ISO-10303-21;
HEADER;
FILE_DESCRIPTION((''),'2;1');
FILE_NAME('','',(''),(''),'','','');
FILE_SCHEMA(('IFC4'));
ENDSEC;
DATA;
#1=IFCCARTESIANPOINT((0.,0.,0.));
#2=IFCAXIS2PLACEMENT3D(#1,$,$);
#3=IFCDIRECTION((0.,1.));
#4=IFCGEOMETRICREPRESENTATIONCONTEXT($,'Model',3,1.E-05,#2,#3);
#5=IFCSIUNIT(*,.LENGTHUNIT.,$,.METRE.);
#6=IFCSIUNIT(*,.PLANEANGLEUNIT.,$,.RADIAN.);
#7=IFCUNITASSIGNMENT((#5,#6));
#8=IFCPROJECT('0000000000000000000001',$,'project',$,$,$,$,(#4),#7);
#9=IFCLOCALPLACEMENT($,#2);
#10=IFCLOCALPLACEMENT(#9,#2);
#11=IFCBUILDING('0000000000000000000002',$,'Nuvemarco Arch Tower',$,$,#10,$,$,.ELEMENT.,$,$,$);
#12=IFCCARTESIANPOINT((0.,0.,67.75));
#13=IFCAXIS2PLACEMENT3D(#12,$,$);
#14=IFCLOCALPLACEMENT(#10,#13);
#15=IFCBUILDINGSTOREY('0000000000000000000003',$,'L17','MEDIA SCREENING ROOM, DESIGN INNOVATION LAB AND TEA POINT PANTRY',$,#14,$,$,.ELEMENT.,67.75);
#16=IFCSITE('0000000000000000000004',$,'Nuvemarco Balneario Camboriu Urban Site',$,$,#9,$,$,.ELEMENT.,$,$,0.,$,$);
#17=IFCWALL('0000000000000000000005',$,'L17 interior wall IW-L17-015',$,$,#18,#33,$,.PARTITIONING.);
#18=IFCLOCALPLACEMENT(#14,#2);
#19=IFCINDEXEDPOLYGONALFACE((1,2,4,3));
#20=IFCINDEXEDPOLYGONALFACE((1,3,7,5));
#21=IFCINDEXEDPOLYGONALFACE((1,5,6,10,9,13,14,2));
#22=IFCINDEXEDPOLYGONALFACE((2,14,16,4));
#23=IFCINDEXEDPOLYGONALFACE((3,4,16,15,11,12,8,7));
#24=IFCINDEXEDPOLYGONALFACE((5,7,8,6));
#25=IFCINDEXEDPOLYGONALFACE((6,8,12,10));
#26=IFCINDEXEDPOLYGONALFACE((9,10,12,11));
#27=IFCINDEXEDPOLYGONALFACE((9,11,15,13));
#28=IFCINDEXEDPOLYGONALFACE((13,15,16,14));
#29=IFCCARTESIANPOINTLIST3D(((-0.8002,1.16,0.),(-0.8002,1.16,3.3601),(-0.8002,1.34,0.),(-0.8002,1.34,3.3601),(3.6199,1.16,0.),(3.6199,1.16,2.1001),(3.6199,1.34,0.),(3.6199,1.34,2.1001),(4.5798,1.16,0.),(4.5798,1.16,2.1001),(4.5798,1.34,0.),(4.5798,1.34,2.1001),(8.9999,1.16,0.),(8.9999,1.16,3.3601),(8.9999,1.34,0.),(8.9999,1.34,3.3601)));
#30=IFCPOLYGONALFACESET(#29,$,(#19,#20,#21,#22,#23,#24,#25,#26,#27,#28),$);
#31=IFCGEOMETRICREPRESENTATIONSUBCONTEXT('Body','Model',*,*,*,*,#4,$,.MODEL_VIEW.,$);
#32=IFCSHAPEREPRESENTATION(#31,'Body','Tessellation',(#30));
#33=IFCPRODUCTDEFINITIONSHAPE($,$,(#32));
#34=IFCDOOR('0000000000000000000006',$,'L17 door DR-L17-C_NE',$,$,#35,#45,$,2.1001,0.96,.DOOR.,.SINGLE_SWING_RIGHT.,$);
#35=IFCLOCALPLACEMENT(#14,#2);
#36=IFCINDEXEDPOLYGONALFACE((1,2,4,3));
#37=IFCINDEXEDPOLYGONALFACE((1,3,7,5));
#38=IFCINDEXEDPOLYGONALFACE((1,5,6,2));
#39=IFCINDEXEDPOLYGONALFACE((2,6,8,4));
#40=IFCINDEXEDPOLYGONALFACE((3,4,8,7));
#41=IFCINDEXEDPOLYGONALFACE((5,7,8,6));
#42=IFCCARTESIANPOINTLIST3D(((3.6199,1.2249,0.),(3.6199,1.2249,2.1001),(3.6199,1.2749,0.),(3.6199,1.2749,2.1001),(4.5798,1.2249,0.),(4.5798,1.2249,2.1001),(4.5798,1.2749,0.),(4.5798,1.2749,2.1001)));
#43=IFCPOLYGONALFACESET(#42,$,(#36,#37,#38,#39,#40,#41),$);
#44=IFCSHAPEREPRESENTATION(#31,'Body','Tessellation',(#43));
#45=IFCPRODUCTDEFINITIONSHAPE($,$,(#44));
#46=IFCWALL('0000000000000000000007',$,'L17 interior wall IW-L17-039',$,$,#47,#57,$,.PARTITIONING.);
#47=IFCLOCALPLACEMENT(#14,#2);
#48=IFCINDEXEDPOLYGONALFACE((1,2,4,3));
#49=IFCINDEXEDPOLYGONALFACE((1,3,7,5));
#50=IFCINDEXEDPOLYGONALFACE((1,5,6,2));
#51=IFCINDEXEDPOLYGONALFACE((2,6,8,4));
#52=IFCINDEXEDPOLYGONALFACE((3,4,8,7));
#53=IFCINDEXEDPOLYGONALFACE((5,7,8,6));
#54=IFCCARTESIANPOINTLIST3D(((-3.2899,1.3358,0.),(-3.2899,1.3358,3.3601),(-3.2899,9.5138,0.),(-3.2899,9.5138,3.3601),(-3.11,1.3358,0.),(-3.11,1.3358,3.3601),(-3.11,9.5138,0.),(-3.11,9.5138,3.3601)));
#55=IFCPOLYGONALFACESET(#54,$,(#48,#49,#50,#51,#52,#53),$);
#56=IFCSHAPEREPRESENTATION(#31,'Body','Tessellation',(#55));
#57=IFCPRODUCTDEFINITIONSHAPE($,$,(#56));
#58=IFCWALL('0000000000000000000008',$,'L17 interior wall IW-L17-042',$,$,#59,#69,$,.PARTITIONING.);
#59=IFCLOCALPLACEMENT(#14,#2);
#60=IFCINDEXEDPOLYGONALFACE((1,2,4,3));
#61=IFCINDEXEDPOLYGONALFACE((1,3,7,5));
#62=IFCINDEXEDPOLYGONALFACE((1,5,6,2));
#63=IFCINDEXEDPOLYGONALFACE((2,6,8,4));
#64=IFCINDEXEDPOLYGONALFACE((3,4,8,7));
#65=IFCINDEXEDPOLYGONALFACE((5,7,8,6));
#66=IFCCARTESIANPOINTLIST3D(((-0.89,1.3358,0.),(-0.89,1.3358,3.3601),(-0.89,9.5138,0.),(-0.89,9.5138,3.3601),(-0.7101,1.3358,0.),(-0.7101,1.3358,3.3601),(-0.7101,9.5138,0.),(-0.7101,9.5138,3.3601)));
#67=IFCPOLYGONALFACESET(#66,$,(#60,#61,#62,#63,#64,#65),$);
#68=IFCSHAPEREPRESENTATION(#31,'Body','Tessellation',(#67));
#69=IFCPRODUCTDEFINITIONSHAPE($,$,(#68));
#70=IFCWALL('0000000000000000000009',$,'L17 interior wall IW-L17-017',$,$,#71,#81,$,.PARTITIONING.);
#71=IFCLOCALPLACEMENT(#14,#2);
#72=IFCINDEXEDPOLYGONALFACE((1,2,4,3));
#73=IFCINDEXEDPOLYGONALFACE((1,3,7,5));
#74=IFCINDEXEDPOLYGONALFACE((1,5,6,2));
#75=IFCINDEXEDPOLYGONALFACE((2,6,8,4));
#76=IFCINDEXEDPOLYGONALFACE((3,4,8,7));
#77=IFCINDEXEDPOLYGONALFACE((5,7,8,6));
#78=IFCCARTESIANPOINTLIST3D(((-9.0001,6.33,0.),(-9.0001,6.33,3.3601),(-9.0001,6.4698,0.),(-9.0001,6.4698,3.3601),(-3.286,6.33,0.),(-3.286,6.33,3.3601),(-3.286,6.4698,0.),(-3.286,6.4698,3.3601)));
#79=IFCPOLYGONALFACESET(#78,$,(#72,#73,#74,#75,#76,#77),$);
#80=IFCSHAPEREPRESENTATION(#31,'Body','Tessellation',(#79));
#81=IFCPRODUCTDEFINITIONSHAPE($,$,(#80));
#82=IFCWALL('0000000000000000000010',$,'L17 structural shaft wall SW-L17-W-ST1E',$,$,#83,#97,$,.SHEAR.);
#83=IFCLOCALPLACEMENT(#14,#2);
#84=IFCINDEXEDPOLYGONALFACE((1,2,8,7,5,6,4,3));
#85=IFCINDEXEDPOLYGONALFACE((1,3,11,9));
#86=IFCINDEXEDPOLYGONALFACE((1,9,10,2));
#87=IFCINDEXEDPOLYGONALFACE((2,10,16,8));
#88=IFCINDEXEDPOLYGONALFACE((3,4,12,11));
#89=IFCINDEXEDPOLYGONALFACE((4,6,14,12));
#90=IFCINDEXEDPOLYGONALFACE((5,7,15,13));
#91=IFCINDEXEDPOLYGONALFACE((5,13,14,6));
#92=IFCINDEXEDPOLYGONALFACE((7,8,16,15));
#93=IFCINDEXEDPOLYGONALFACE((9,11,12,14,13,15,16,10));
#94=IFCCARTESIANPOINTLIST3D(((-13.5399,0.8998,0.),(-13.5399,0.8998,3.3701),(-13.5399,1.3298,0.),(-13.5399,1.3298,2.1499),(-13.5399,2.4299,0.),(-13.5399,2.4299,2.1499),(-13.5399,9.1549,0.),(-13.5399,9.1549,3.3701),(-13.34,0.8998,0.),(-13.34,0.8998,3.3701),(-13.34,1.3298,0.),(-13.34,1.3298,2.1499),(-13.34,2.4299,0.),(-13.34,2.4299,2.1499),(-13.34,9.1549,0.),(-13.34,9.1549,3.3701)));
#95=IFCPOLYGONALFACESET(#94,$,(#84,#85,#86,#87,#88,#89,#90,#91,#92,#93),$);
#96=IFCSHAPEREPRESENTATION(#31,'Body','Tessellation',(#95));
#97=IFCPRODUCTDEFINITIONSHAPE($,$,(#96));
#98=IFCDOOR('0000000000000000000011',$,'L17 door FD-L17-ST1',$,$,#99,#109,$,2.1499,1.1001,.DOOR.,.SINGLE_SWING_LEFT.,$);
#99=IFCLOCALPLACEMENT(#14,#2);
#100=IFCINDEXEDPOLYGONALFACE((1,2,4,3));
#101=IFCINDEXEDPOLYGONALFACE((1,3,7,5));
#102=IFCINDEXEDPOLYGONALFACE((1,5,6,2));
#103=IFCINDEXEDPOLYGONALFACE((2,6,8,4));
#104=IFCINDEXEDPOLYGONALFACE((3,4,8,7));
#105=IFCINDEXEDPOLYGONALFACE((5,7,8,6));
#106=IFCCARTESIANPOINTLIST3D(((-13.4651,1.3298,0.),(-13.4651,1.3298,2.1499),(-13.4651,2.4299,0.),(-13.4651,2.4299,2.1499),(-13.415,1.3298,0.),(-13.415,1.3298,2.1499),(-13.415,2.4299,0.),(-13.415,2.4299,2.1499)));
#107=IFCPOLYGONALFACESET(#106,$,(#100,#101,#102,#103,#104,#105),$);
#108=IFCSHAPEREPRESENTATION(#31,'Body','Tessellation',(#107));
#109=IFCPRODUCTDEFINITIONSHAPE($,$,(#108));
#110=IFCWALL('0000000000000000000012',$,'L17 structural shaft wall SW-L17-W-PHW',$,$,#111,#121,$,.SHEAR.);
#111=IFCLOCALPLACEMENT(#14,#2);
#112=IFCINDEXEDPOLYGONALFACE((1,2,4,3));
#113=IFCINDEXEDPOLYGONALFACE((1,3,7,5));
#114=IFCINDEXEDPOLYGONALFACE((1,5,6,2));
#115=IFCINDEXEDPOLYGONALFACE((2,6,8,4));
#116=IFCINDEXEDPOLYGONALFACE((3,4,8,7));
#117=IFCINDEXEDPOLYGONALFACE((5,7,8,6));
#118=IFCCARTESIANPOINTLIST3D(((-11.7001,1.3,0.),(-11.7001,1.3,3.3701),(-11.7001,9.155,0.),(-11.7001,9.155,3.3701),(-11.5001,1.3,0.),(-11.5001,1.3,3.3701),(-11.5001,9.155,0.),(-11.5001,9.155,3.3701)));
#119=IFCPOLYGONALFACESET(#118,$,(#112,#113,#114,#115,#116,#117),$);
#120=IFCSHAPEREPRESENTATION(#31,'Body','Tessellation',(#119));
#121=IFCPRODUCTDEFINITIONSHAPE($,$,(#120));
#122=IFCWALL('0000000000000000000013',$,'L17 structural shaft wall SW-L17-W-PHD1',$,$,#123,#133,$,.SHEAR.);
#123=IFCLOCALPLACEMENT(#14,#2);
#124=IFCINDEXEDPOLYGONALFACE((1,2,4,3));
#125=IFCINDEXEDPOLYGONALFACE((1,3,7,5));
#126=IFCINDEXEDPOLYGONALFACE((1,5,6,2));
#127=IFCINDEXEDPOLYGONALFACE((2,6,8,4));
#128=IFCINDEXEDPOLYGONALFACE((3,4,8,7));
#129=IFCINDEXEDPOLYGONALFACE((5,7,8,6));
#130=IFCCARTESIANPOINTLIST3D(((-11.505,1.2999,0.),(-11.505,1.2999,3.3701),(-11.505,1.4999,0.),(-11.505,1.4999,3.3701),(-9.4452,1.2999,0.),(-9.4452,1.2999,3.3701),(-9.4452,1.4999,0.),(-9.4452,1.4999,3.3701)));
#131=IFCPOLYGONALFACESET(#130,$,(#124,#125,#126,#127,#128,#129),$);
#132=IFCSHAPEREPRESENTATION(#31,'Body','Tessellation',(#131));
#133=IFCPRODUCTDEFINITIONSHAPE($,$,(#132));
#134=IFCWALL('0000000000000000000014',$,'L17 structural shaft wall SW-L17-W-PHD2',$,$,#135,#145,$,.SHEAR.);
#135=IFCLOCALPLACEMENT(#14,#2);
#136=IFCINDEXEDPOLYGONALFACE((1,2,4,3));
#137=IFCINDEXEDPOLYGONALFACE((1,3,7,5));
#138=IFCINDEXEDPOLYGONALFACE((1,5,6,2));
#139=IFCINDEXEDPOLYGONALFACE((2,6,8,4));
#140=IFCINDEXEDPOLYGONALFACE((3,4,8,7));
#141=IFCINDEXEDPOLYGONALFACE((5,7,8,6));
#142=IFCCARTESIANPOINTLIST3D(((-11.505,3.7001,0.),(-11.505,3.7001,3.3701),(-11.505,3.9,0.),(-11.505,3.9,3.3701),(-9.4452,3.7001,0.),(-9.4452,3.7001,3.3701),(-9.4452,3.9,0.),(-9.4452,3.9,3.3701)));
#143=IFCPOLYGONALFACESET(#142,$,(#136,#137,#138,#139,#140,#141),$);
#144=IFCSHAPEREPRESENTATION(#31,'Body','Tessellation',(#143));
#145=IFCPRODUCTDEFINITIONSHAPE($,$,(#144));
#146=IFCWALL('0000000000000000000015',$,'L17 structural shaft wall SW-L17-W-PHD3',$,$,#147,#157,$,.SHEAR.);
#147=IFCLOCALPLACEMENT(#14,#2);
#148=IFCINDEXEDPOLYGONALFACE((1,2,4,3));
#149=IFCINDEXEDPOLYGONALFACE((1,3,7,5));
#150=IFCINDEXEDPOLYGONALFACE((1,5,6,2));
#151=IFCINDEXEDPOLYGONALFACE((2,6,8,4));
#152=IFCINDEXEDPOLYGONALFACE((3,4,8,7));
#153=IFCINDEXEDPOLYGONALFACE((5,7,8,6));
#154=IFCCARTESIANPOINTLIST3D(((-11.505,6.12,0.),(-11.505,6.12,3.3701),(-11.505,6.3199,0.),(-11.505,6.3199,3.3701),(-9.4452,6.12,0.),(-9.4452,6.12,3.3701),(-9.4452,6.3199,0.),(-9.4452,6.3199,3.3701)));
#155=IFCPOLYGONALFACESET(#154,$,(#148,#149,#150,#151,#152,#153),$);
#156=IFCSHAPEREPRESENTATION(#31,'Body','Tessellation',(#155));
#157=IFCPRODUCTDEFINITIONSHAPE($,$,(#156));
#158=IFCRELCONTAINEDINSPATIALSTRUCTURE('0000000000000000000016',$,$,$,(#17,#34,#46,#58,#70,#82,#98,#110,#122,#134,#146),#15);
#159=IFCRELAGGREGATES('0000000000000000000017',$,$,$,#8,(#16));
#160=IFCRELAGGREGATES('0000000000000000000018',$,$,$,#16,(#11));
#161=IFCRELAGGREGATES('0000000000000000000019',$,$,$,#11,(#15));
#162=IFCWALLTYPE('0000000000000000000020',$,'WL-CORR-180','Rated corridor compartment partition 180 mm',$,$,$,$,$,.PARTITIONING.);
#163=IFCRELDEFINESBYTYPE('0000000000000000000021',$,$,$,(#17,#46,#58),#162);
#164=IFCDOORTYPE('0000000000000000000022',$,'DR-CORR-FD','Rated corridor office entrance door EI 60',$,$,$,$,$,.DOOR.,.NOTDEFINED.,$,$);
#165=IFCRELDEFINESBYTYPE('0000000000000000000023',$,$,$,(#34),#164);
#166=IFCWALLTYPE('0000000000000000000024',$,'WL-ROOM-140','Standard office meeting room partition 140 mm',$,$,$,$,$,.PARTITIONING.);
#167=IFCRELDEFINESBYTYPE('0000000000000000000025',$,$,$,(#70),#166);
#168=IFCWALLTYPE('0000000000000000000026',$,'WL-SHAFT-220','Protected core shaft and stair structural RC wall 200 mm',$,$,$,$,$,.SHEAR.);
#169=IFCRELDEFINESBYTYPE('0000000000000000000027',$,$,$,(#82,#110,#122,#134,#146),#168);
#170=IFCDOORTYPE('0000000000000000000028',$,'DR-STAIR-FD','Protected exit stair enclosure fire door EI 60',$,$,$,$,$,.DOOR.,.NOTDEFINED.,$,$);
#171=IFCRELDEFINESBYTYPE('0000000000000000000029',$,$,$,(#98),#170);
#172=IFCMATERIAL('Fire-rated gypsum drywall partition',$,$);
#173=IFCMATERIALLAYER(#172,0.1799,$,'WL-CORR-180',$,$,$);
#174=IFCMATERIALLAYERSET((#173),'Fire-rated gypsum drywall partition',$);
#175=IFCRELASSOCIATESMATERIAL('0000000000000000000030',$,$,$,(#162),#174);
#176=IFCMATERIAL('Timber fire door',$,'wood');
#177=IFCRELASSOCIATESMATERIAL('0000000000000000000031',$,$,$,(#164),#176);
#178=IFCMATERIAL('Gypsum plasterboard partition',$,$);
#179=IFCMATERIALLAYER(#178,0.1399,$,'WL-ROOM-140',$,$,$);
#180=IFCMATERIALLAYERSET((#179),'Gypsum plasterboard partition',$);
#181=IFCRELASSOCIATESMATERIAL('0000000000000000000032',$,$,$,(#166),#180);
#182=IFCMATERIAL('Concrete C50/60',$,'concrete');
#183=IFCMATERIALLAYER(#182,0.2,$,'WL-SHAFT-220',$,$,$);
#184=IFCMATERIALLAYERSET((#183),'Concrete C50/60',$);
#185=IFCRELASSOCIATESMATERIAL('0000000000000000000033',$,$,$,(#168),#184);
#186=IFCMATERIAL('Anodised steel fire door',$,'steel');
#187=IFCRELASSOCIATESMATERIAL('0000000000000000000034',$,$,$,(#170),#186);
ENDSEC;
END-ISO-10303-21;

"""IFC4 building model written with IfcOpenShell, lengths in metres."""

from ifc_helpers import new_model, si_unit, direction, frame, frame_2d, origin, place, context, subcontext, project, spatial, rectangle, extrude, source, transform, mapped, material, layer, layer_set, type_object, type_shapes, element, fill, save


model = new_model("IFC4")

# Units and contexts
model_context = context("Model", 3, precision=1e-05, world=origin(), true_north=direction((0.0, 1.0)))
body_context = subcontext(model_context, "Body", "Model", "MODEL_VIEW")
ifc_project = project(units=[si_unit("LENGTHUNIT", "METRE"), si_unit("PLANEANGLEUNIT", "RADIAN")], contexts=[model_context])

# Site, building, storey
site_placement = place(None, origin())
site = spatial("IfcSite", under=ifc_project, at=site_placement, Name="Nuvemarco Balneario Camboriu Urban Site", CompositionType="ELEMENT", RefElevation=0.0)
building_placement = place(site_placement, origin())
building = spatial("IfcBuilding", under=site, at=building_placement, Name="Nuvemarco Arch Tower", CompositionType="ELEMENT")
storey_placement = place(building_placement, frame((0.0, 0.0, 67.75)))
storey = spatial("IfcBuildingStorey", under=building, at=storey_placement, Name="L17", Description="MEDIA SCREENING ROOM, DESIGN INNOVATION LAB AND TEA POINT PANTRY", CompositionType="ELEMENT", Elevation=67.75)

# Wall, opening, door
ifc_material_1 = material(Name="Fire-rated gypsum drywall partition")
ifc_layer_1 = layer(ifc_material_1, 0.1799, Name="WL-CORR-180")
ifc_layer_set_1 = layer_set([ifc_layer_1], Name="Fire-rated gypsum drywall partition")
wall_type_1 = type_object("IfcWallType", Name="WL-CORR-180", Description="Rated corridor compartment partition 180 mm", PredefinedType="PARTITIONING", material=ifc_layer_set_1)
ifc_material_2 = material(Name="Timber fire door", Category="wood")
door_type_1 = type_object("IfcDoorType", Name="DR-CORR-FD", Description="Rated corridor office entrance door EI 60", OperationType="NOTDEFINED", PredefinedType="DOOR", material=ifc_material_2)
shared_shape_1 = source(origin(), body_context, "Body", "SweptSolid", [
    extrude(rectangle(XDim=0.96, YDim=2.1001, at=frame_2d((0.48, 1.05))), frame((0.0, 0.0249, 0.0), z_axis=(0.0, -1.0, 0.0), x_axis=(1.0, 0.0, 0.0)), (0.0, 0.0, 1.0), 0.05),
])
type_shapes(door_type_1, [shared_shape_1])
wall_1_placement = place(storey_placement, frame((-0.8, 1.25, 0.0), z_axis=(0.0, 0.0, 1.0), x_axis=(1.0, 0.0, 0.0)))
wall_1 = element("IfcWall", 1, at=wall_1_placement, inside=storey, type_object=wall_type_1, Name="L17 interior wall IW-L17-015", PredefinedType="PARTITIONING", context=body_context, shape_type="SweptSolid", body=[
    extrude(rectangle(XDim=9.8, YDim=0.1799, at=frame_2d((4.8999, 0.0))), origin(), (0.0, 0.0, 1.0), 3.3601),
])
opening_1_placement = place(wall_1_placement, frame((4.4199, 0.0, 0.0)))
opening_1 = element("IfcOpeningElement", 2, at=opening_1_placement, cuts=wall_1, PredefinedType="OPENING", context=body_context, shape_type="SweptSolid", body=[
    extrude(rectangle(XDim=0.96, YDim=2.1001, at=frame_2d((0.48, 1.05))), frame((0.0, 0.0999, 0.0), z_axis=(0.0, -1.0, 0.0), x_axis=(1.0, 0.0, 0.0)), (0.0, 0.0, 1.0), 0.2),
])
door_1_placement = place(opening_1_placement, origin())
door_1 = element("IfcDoor", 3, at=door_1_placement, inside=storey, type_object=door_type_1, Name="L17 door DR-L17-C_NE", OperationType="SINGLE_SWING_RIGHT", OverallHeight=2.1001, OverallWidth=0.96, PredefinedType="DOOR", context=body_context, shape_type="MappedRepresentation", body=[
    mapped(shared_shape_1, transform((0.0, 0.0, 0.0), scale=1.0)),
])
fill(opening_1, door_1)

# Walls
for number, where, z_axis, x_axis, name in (
    (4, (-3.2, 1.3359, 0.0), (0.0, 0.0, 1.0), (0.0, 1.0, 0.0), "L17 interior wall IW-L17-039"),
    (5, (-0.8, 1.3359, 0.0), (0.0, 0.0, 1.0), (0.0, 1.0, 0.0), "L17 interior wall IW-L17-042"),
):
    element("IfcWall", number, at=place(storey_placement, frame(where, z_axis=z_axis, x_axis=x_axis)), inside=storey, type_object=wall_type_1, Name=name, PredefinedType="PARTITIONING", context=body_context, shape_type="SweptSolid", body=[
        extrude(rectangle(XDim=8.178, YDim=0.1799, at=frame_2d((4.0889, 0.0))), origin(), (0.0, 0.0, 1.0), 3.3601),
    ])
ifc_material_3 = material(Name="Gypsum plasterboard partition")
ifc_layer_2 = layer(ifc_material_3, 0.1399, Name="WL-ROOM-140")
ifc_layer_set_2 = layer_set([ifc_layer_2], Name="Gypsum plasterboard partition")
wall_type_2 = type_object("IfcWallType", Name="WL-ROOM-140", Description="Standard office meeting room partition 140 mm", PredefinedType="PARTITIONING", material=ifc_layer_set_2)
wall_2_placement = place(storey_placement, frame((-9.0, 6.3999, 0.0), z_axis=(0.0, 0.0, 1.0), x_axis=(1.0, 0.0, 0.0)))
element("IfcWall", 6, at=wall_2_placement, inside=storey, type_object=wall_type_2, Name="L17 interior wall IW-L17-017", PredefinedType="PARTITIONING", context=body_context, shape_type="SweptSolid", body=[
    extrude(rectangle(XDim=5.7141, YDim=0.1399, at=frame_2d((2.8569, 0.0))), origin(), (0.0, 0.0, 1.0), 3.3601),
])

# Wall, opening, door
ifc_material_4 = material(Name="Concrete C50/60", Category="concrete")
ifc_layer_3 = layer(ifc_material_4, 0.2, Name="WL-SHAFT-220")
ifc_layer_set_3 = layer_set([ifc_layer_3], Name="Concrete C50/60")
wall_type_3 = type_object("IfcWallType", Name="WL-SHAFT-220", Description="Protected core shaft and stair structural RC wall 200 mm", PredefinedType="SHEAR", material=ifc_layer_set_3)
wall_3_placement = place(storey_placement, frame((-13.4399, 0.8999, 0.0), z_axis=(0.0, 0.0, 1.0), x_axis=(0.0, 1.0, 0.0)))
wall_3 = element("IfcWall", 7, at=wall_3_placement, inside=storey, type_object=wall_type_3, Name="L17 structural shaft wall SW-L17-W-ST1E", PredefinedType="SHEAR", context=body_context, shape_type="SweptSolid", body=[
    extrude(rectangle(XDim=8.2551, YDim=0.2, at=frame_2d((4.1274, 0.0))), origin(), (0.0, 0.0, 1.0), 3.3701),
])
opening_2_placement = place(wall_3_placement, frame((1.53, 0.0, 0.0), z_axis=(0.0, 0.0, 1.0), x_axis=(-1.0, 0.0, 0.0)))
opening_2 = element("IfcOpeningElement", 8, at=opening_2_placement, cuts=wall_3, PredefinedType="OPENING", context=body_context, shape_type="SweptSolid", body=[
    extrude(rectangle(XDim=1.1001, YDim=2.1499, at=frame_2d((0.55, 1.075))), frame((0.0, 0.1099, 0.0), z_axis=(0.0, -1.0, 0.0), x_axis=(1.0, 0.0, 0.0)), (0.0, 0.0, 1.0), 0.22),
])
ifc_material_5 = material(Name="Anodised steel fire door", Category="steel")
door_type_2 = type_object("IfcDoorType", Name="DR-STAIR-FD", Description="Protected exit stair enclosure fire door EI 60", OperationType="NOTDEFINED", PredefinedType="DOOR", material=ifc_material_5)
shared_shape_2 = source(origin(), body_context, "Body", "SweptSolid", [
    extrude(rectangle(XDim=1.1001, YDim=2.1499, at=frame_2d((0.55, 1.075))), frame((0.0, 0.0249, 0.0), z_axis=(0.0, -1.0, 0.0), x_axis=(1.0, 0.0, 0.0)), (0.0, 0.0, 1.0), 0.05),
])
type_shapes(door_type_2, [shared_shape_2])
door_2_placement = place(opening_2_placement, origin())
door_2 = element("IfcDoor", 9, at=door_2_placement, inside=storey, type_object=door_type_2, Name="L17 door FD-L17-ST1", OperationType="SINGLE_SWING_LEFT", OverallHeight=2.1499, OverallWidth=1.1001, PredefinedType="DOOR", context=body_context, shape_type="MappedRepresentation", body=[
    mapped(shared_shape_2, transform((0.0, 0.0, 0.0), scale=1.0)),
])
fill(opening_2, door_2)

# Walls
wall_4_placement = place(storey_placement, frame((-11.6001, 1.3, 0.0), z_axis=(0.0, 0.0, 1.0), x_axis=(0.0, 1.0, 0.0)))
element("IfcWall", 10, at=wall_4_placement, inside=storey, type_object=wall_type_3, Name="L17 structural shaft wall SW-L17-W-PHW", PredefinedType="SHEAR", context=body_context, shape_type="SweptSolid", body=[
    extrude(rectangle(XDim=7.855, YDim=0.2, at=frame_2d((3.9275, 0.0))), origin(), (0.0, 0.0, 1.0), 3.3701),
])
for number, where, z_axis, x_axis, name in (
    (11, (-11.5049, 1.3999, 0.0), (0.0, 0.0, 1.0), (1.0, 0.0, 0.0), "L17 structural shaft wall SW-L17-W-PHD1"),
    (12, (-11.5049, 3.8, 0.0), (0.0, 0.0, 1.0), (1.0, 0.0, 0.0), "L17 structural shaft wall SW-L17-W-PHD2"),
    (13, (-11.5049, 6.22, 0.0), (0.0, 0.0, 1.0), (1.0, 0.0, 0.0), "L17 structural shaft wall SW-L17-W-PHD3"),
):
    element("IfcWall", number, at=place(storey_placement, frame(where, z_axis=z_axis, x_axis=x_axis)), inside=storey, type_object=wall_type_3, Name=name, PredefinedType="SHEAR", context=body_context, shape_type="SweptSolid", body=[
        extrude(rectangle(XDim=2.0598, YDim=0.2, at=frame_2d((1.0298, 0.0))), origin(), (0.0, 0.0, 1.0), 3.3701),
    ])

save(model, "model.ifc")
